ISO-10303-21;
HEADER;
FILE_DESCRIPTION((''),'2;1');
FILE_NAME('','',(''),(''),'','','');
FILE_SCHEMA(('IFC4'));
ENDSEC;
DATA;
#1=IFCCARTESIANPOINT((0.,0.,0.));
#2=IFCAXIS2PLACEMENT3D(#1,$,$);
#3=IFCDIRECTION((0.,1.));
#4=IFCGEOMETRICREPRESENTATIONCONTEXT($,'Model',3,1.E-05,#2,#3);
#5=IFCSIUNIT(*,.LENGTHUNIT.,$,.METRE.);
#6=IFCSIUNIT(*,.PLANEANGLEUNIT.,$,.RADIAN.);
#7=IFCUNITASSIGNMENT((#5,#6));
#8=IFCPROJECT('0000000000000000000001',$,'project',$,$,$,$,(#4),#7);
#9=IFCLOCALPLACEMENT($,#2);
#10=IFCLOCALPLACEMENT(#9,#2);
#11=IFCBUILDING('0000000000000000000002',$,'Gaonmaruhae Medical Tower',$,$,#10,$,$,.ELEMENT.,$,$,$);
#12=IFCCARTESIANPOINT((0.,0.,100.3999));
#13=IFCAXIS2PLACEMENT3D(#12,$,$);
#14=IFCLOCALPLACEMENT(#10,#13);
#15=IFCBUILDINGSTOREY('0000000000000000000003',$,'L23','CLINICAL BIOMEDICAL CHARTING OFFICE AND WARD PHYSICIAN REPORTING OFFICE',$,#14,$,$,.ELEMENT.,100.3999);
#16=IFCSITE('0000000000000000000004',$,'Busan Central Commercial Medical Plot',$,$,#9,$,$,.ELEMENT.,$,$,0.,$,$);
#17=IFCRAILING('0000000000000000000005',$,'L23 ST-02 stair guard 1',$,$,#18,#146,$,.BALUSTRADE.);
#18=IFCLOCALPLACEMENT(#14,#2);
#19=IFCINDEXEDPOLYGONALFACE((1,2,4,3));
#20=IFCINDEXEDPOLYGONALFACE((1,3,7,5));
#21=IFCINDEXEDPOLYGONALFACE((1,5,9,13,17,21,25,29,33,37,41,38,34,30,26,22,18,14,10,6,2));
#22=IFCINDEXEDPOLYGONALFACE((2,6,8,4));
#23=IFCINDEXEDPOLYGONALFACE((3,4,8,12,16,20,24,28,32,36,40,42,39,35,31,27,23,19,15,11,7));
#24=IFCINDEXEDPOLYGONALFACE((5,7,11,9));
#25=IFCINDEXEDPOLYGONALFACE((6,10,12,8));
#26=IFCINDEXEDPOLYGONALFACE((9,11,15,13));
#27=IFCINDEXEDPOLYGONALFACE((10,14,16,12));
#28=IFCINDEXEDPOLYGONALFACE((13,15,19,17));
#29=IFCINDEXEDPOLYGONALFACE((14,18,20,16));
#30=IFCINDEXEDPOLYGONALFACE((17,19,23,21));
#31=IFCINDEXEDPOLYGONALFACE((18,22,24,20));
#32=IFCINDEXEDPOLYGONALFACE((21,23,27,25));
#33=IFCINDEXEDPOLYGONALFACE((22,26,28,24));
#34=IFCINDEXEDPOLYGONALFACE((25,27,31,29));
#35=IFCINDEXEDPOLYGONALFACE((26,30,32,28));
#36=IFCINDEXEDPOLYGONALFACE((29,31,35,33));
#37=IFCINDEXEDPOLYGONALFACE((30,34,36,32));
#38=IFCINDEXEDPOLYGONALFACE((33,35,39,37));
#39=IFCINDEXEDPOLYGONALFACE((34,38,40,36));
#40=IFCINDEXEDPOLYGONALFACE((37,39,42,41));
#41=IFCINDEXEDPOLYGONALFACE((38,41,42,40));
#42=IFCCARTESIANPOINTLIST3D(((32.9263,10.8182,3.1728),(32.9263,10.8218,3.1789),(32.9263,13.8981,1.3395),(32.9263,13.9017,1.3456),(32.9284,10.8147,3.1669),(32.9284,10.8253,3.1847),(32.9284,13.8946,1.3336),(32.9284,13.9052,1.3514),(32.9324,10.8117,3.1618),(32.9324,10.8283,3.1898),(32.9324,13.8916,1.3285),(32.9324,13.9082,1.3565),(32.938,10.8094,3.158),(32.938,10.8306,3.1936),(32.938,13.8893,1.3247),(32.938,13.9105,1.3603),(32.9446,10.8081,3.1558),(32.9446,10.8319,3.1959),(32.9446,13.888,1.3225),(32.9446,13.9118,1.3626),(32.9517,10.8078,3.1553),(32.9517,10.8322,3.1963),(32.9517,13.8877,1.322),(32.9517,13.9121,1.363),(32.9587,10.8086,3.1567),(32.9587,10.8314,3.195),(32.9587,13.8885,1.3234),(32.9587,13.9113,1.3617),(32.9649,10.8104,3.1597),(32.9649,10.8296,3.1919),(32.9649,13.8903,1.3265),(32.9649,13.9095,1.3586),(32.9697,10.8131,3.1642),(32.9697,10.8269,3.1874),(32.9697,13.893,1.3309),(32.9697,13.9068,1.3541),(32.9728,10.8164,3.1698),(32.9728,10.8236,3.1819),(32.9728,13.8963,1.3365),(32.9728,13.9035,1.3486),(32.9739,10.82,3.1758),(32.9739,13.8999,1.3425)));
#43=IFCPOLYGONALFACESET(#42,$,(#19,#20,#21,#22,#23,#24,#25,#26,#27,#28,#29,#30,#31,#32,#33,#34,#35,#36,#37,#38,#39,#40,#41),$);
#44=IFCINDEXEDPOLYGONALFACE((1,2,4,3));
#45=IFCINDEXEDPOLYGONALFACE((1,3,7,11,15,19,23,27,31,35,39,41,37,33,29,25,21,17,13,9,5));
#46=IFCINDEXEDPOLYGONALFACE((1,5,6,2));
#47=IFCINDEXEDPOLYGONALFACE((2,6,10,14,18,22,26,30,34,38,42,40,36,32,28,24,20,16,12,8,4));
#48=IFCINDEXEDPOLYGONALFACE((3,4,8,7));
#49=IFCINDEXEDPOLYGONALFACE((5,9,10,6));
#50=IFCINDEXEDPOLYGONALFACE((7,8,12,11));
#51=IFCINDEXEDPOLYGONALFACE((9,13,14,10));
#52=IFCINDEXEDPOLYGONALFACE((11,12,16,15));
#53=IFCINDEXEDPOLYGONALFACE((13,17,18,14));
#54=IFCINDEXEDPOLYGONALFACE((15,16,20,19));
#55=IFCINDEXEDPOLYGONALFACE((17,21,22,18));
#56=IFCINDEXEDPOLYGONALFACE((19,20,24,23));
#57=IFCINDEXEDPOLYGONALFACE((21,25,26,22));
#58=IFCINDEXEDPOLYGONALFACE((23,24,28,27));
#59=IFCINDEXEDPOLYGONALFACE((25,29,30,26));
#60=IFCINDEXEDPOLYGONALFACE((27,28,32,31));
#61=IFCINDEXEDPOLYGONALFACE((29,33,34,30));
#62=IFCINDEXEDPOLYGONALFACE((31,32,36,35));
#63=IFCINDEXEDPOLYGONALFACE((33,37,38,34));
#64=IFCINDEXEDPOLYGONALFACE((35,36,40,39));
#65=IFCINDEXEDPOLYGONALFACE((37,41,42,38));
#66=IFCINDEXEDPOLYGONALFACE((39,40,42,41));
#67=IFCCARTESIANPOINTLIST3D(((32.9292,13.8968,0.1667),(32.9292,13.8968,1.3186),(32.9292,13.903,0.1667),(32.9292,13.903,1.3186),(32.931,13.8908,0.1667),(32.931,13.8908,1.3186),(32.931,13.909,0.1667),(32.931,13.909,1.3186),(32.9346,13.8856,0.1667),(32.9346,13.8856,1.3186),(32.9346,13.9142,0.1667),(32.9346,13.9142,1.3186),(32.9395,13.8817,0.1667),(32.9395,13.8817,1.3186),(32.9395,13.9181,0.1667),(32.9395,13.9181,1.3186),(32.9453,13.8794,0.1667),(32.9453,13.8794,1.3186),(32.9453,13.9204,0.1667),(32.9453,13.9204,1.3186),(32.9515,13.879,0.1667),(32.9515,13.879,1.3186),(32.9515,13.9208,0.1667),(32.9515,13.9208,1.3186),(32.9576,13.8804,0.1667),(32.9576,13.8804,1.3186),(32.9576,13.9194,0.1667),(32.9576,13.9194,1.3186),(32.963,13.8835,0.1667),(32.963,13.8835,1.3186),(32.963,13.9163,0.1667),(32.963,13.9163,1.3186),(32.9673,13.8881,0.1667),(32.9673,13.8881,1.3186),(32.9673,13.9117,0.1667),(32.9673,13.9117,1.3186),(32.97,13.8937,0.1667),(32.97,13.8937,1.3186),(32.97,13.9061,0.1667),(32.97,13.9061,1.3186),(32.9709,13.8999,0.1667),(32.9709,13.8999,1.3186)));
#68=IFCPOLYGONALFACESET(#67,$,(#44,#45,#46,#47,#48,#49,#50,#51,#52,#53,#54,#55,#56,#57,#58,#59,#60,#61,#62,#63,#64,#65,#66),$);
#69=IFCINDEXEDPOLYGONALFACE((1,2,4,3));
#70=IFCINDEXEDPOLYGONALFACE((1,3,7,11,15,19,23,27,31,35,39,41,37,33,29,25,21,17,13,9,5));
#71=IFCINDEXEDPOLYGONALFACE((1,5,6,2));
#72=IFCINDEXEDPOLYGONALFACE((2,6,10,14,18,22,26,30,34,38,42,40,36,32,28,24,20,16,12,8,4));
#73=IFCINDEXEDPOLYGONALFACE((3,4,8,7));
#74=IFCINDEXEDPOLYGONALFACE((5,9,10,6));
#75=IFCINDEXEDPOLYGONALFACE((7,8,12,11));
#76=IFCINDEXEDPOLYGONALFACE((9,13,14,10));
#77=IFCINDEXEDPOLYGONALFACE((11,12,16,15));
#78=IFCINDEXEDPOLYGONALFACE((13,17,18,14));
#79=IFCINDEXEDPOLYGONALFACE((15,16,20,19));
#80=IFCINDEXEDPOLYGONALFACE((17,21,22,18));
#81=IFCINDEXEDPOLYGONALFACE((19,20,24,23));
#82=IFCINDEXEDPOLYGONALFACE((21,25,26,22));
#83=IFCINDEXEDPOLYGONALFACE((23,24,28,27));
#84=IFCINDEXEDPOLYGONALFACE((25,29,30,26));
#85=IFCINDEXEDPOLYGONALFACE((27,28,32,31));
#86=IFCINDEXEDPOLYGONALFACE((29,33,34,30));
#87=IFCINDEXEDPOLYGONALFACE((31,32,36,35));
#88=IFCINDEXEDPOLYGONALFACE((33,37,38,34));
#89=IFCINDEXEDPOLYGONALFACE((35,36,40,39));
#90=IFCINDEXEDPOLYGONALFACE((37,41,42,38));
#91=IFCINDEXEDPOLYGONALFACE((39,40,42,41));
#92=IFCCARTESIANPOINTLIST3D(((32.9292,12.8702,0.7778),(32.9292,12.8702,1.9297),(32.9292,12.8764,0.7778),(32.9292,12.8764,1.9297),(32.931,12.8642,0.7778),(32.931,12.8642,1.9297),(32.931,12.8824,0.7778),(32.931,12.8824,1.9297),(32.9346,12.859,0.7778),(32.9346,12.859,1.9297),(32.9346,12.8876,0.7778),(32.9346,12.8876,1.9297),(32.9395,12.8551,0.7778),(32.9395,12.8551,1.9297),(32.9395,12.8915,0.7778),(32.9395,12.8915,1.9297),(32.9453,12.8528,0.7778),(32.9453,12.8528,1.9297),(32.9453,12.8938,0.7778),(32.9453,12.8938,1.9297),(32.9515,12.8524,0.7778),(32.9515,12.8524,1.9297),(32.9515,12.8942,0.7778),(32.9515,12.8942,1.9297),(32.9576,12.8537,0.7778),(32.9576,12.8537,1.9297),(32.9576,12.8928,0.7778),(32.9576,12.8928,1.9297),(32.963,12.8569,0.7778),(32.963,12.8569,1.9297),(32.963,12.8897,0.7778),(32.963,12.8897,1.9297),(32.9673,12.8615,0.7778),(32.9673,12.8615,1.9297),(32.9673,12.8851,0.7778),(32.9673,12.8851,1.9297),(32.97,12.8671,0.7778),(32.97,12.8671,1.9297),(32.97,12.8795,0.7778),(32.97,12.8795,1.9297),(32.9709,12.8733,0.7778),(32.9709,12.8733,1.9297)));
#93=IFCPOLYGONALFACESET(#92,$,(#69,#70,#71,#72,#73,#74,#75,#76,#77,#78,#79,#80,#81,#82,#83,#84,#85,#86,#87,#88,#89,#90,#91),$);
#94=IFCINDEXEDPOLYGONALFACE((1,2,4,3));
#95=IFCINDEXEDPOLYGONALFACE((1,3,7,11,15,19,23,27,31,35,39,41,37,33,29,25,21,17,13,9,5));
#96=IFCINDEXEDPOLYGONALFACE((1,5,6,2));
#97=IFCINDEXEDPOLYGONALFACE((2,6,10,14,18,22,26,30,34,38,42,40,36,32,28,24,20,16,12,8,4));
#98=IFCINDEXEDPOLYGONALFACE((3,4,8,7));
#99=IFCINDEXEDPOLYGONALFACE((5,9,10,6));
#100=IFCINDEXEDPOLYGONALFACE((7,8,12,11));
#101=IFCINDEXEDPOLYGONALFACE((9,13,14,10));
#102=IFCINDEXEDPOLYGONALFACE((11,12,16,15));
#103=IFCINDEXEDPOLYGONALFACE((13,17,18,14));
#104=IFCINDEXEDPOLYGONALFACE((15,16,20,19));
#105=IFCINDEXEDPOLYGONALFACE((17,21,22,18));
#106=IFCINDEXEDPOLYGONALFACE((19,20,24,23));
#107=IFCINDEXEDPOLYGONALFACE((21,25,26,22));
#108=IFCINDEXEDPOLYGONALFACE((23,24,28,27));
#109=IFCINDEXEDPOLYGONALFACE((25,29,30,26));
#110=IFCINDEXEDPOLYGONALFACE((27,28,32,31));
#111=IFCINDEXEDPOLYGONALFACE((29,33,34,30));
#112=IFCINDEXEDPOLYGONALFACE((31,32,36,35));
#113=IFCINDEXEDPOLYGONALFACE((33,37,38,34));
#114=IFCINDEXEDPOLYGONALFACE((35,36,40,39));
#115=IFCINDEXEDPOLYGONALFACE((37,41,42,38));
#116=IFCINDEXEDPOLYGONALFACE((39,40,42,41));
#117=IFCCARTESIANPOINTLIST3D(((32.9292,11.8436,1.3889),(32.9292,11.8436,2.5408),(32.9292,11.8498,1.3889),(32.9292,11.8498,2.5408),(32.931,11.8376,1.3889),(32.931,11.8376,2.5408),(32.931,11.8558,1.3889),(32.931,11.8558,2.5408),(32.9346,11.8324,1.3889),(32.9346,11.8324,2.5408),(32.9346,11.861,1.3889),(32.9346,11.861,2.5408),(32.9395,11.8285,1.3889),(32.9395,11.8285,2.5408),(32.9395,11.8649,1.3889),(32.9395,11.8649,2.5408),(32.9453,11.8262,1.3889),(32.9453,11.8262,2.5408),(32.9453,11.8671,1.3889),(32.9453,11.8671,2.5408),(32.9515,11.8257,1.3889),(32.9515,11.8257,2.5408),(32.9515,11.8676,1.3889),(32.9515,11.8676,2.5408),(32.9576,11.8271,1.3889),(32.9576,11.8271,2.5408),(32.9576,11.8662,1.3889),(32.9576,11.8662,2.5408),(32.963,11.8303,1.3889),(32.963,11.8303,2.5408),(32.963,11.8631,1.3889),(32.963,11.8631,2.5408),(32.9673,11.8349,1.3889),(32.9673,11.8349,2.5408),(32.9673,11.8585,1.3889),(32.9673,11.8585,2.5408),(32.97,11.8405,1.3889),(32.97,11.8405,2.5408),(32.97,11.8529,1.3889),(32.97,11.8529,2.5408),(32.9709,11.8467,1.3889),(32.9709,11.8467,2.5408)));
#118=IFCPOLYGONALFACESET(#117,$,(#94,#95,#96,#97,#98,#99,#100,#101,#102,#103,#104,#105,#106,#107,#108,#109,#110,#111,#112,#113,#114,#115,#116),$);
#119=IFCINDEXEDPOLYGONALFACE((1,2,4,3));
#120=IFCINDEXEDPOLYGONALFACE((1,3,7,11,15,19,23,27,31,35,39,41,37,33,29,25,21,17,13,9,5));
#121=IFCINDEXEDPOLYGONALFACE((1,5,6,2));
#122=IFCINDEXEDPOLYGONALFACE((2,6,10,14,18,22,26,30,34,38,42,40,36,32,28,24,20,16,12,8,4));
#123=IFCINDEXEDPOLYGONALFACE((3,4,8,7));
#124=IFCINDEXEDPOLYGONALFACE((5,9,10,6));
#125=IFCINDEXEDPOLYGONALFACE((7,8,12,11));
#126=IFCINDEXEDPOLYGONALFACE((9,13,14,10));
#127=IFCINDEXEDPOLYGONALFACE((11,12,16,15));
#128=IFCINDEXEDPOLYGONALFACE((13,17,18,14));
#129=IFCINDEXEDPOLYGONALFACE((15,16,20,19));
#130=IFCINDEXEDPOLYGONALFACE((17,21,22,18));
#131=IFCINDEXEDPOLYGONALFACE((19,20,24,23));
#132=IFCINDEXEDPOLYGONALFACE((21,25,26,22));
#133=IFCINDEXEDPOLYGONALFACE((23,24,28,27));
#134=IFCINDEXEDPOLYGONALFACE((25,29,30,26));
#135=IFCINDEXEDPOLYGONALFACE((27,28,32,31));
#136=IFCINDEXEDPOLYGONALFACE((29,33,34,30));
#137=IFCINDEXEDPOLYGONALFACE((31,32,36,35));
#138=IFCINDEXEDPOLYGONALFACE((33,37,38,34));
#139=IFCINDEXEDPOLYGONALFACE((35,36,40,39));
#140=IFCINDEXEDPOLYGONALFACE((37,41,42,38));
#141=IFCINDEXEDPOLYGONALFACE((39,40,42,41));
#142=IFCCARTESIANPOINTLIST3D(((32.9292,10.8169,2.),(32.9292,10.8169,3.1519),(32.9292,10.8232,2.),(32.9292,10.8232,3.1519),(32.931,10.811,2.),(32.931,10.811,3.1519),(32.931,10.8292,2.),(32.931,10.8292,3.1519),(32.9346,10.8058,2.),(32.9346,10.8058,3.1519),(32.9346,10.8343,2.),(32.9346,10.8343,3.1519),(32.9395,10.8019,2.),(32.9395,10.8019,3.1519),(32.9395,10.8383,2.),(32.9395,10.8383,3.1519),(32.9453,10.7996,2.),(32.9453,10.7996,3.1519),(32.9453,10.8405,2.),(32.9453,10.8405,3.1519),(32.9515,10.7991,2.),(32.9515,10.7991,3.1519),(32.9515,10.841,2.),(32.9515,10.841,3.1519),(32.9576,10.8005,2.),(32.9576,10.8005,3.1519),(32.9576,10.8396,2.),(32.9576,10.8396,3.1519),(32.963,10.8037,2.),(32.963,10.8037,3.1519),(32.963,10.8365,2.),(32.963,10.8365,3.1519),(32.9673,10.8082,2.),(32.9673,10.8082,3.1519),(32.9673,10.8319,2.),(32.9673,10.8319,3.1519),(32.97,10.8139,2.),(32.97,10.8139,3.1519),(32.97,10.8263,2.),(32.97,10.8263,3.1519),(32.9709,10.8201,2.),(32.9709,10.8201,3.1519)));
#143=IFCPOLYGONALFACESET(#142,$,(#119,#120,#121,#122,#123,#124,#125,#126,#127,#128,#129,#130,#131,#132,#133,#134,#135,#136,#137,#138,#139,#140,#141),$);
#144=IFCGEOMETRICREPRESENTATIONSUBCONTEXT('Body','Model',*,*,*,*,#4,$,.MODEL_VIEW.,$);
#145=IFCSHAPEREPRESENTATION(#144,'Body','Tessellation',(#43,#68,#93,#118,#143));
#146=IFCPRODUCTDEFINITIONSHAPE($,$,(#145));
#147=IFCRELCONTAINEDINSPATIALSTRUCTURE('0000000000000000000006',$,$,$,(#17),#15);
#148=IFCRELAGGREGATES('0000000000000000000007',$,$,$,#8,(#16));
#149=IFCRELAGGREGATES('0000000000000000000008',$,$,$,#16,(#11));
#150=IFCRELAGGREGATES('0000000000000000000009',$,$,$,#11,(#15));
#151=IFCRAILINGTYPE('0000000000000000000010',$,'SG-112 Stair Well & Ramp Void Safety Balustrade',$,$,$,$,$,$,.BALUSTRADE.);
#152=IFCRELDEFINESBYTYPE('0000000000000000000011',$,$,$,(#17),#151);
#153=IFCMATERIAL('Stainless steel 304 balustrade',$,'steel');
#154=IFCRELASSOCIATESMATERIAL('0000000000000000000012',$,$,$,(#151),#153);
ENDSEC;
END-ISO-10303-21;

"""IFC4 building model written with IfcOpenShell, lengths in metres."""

from ifc_helpers import new_model, si_unit, direction, frame, origin, origin_2d, place, context, subcontext, project, spatial, circle, extrude, material, type_object, element, save


model = new_model("IFC4")

# Units and contexts
model_context = context("Model", 3, precision=1e-05, world=origin(), true_north=direction((0.0, 1.0)))
body_context = subcontext(model_context, "Body", "Model", "MODEL_VIEW")
ifc_project = project(units=[si_unit("LENGTHUNIT", "METRE"), si_unit("PLANEANGLEUNIT", "RADIAN")], contexts=[model_context])

# Site, building, storey
site_placement = place(None, origin())
site = spatial("IfcSite", under=ifc_project, at=site_placement, Name="Busan Central Commercial Medical Plot", CompositionType="ELEMENT", RefElevation=0.0)
building_placement = place(site_placement, origin())
building = spatial("IfcBuilding", under=site, at=building_placement, Name="Gaonmaruhae Medical Tower", CompositionType="ELEMENT")
storey_placement = place(building_placement, frame((0.0, 0.0, 100.3999)))
storey = spatial("IfcBuildingStorey", under=building, at=storey_placement, Name="L23", Description="CLINICAL BIOMEDICAL CHARTING OFFICE AND WARD PHYSICIAN REPORTING OFFICE", CompositionType="ELEMENT", Elevation=100.3999)

# Railing
ifc_material_1 = material(Name="Stainless steel 304 balustrade", Category="steel")
railing_type_1 = type_object("IfcRailingType", Name="SG-112 Stair Well & Ramp Void Safety Balustrade", PredefinedType="BALUSTRADE", material=ifc_material_1)
railing_1_placement = place(storey_placement, frame((32.95, 13.8999, 0.1667)))
element("IfcRailing", 1, at=railing_1_placement, inside=storey, type_object=railing_type_1, Name="L23 ST-02 stair guard 1", PredefinedType="BALUSTRADE", context=body_context, shape_type="SweptSolid", body=[
    extrude(circle(Radius=0.0239, at=origin_2d()), frame((0.0, 0.0, 1.1758), z_axis=(0.0, -0.859291, 0.511487), x_axis=(1.0, 0.0, 0.0)), (0.0, 0.0, 1.0), 3.5842),
    extrude(circle(Radius=0.021, at=origin_2d()), origin(), (0.0, 0.0, 1.0), 1.1519),
    extrude(circle(Radius=0.021, at=origin_2d()), frame((0.0, -1.0266, 0.6111)), (0.0, 0.0, 1.0), 1.1519),
    extrude(circle(Radius=0.021, at=origin_2d()), frame((0.0, -2.0532, 1.2222)), (0.0, 0.0, 1.0), 1.1519),
    extrude(circle(Radius=0.021, at=origin_2d()), frame((0.0, -3.0798, 1.8333)), (0.0, 0.0, 1.0), 1.1519),
])

save(model, "model.ifc")
